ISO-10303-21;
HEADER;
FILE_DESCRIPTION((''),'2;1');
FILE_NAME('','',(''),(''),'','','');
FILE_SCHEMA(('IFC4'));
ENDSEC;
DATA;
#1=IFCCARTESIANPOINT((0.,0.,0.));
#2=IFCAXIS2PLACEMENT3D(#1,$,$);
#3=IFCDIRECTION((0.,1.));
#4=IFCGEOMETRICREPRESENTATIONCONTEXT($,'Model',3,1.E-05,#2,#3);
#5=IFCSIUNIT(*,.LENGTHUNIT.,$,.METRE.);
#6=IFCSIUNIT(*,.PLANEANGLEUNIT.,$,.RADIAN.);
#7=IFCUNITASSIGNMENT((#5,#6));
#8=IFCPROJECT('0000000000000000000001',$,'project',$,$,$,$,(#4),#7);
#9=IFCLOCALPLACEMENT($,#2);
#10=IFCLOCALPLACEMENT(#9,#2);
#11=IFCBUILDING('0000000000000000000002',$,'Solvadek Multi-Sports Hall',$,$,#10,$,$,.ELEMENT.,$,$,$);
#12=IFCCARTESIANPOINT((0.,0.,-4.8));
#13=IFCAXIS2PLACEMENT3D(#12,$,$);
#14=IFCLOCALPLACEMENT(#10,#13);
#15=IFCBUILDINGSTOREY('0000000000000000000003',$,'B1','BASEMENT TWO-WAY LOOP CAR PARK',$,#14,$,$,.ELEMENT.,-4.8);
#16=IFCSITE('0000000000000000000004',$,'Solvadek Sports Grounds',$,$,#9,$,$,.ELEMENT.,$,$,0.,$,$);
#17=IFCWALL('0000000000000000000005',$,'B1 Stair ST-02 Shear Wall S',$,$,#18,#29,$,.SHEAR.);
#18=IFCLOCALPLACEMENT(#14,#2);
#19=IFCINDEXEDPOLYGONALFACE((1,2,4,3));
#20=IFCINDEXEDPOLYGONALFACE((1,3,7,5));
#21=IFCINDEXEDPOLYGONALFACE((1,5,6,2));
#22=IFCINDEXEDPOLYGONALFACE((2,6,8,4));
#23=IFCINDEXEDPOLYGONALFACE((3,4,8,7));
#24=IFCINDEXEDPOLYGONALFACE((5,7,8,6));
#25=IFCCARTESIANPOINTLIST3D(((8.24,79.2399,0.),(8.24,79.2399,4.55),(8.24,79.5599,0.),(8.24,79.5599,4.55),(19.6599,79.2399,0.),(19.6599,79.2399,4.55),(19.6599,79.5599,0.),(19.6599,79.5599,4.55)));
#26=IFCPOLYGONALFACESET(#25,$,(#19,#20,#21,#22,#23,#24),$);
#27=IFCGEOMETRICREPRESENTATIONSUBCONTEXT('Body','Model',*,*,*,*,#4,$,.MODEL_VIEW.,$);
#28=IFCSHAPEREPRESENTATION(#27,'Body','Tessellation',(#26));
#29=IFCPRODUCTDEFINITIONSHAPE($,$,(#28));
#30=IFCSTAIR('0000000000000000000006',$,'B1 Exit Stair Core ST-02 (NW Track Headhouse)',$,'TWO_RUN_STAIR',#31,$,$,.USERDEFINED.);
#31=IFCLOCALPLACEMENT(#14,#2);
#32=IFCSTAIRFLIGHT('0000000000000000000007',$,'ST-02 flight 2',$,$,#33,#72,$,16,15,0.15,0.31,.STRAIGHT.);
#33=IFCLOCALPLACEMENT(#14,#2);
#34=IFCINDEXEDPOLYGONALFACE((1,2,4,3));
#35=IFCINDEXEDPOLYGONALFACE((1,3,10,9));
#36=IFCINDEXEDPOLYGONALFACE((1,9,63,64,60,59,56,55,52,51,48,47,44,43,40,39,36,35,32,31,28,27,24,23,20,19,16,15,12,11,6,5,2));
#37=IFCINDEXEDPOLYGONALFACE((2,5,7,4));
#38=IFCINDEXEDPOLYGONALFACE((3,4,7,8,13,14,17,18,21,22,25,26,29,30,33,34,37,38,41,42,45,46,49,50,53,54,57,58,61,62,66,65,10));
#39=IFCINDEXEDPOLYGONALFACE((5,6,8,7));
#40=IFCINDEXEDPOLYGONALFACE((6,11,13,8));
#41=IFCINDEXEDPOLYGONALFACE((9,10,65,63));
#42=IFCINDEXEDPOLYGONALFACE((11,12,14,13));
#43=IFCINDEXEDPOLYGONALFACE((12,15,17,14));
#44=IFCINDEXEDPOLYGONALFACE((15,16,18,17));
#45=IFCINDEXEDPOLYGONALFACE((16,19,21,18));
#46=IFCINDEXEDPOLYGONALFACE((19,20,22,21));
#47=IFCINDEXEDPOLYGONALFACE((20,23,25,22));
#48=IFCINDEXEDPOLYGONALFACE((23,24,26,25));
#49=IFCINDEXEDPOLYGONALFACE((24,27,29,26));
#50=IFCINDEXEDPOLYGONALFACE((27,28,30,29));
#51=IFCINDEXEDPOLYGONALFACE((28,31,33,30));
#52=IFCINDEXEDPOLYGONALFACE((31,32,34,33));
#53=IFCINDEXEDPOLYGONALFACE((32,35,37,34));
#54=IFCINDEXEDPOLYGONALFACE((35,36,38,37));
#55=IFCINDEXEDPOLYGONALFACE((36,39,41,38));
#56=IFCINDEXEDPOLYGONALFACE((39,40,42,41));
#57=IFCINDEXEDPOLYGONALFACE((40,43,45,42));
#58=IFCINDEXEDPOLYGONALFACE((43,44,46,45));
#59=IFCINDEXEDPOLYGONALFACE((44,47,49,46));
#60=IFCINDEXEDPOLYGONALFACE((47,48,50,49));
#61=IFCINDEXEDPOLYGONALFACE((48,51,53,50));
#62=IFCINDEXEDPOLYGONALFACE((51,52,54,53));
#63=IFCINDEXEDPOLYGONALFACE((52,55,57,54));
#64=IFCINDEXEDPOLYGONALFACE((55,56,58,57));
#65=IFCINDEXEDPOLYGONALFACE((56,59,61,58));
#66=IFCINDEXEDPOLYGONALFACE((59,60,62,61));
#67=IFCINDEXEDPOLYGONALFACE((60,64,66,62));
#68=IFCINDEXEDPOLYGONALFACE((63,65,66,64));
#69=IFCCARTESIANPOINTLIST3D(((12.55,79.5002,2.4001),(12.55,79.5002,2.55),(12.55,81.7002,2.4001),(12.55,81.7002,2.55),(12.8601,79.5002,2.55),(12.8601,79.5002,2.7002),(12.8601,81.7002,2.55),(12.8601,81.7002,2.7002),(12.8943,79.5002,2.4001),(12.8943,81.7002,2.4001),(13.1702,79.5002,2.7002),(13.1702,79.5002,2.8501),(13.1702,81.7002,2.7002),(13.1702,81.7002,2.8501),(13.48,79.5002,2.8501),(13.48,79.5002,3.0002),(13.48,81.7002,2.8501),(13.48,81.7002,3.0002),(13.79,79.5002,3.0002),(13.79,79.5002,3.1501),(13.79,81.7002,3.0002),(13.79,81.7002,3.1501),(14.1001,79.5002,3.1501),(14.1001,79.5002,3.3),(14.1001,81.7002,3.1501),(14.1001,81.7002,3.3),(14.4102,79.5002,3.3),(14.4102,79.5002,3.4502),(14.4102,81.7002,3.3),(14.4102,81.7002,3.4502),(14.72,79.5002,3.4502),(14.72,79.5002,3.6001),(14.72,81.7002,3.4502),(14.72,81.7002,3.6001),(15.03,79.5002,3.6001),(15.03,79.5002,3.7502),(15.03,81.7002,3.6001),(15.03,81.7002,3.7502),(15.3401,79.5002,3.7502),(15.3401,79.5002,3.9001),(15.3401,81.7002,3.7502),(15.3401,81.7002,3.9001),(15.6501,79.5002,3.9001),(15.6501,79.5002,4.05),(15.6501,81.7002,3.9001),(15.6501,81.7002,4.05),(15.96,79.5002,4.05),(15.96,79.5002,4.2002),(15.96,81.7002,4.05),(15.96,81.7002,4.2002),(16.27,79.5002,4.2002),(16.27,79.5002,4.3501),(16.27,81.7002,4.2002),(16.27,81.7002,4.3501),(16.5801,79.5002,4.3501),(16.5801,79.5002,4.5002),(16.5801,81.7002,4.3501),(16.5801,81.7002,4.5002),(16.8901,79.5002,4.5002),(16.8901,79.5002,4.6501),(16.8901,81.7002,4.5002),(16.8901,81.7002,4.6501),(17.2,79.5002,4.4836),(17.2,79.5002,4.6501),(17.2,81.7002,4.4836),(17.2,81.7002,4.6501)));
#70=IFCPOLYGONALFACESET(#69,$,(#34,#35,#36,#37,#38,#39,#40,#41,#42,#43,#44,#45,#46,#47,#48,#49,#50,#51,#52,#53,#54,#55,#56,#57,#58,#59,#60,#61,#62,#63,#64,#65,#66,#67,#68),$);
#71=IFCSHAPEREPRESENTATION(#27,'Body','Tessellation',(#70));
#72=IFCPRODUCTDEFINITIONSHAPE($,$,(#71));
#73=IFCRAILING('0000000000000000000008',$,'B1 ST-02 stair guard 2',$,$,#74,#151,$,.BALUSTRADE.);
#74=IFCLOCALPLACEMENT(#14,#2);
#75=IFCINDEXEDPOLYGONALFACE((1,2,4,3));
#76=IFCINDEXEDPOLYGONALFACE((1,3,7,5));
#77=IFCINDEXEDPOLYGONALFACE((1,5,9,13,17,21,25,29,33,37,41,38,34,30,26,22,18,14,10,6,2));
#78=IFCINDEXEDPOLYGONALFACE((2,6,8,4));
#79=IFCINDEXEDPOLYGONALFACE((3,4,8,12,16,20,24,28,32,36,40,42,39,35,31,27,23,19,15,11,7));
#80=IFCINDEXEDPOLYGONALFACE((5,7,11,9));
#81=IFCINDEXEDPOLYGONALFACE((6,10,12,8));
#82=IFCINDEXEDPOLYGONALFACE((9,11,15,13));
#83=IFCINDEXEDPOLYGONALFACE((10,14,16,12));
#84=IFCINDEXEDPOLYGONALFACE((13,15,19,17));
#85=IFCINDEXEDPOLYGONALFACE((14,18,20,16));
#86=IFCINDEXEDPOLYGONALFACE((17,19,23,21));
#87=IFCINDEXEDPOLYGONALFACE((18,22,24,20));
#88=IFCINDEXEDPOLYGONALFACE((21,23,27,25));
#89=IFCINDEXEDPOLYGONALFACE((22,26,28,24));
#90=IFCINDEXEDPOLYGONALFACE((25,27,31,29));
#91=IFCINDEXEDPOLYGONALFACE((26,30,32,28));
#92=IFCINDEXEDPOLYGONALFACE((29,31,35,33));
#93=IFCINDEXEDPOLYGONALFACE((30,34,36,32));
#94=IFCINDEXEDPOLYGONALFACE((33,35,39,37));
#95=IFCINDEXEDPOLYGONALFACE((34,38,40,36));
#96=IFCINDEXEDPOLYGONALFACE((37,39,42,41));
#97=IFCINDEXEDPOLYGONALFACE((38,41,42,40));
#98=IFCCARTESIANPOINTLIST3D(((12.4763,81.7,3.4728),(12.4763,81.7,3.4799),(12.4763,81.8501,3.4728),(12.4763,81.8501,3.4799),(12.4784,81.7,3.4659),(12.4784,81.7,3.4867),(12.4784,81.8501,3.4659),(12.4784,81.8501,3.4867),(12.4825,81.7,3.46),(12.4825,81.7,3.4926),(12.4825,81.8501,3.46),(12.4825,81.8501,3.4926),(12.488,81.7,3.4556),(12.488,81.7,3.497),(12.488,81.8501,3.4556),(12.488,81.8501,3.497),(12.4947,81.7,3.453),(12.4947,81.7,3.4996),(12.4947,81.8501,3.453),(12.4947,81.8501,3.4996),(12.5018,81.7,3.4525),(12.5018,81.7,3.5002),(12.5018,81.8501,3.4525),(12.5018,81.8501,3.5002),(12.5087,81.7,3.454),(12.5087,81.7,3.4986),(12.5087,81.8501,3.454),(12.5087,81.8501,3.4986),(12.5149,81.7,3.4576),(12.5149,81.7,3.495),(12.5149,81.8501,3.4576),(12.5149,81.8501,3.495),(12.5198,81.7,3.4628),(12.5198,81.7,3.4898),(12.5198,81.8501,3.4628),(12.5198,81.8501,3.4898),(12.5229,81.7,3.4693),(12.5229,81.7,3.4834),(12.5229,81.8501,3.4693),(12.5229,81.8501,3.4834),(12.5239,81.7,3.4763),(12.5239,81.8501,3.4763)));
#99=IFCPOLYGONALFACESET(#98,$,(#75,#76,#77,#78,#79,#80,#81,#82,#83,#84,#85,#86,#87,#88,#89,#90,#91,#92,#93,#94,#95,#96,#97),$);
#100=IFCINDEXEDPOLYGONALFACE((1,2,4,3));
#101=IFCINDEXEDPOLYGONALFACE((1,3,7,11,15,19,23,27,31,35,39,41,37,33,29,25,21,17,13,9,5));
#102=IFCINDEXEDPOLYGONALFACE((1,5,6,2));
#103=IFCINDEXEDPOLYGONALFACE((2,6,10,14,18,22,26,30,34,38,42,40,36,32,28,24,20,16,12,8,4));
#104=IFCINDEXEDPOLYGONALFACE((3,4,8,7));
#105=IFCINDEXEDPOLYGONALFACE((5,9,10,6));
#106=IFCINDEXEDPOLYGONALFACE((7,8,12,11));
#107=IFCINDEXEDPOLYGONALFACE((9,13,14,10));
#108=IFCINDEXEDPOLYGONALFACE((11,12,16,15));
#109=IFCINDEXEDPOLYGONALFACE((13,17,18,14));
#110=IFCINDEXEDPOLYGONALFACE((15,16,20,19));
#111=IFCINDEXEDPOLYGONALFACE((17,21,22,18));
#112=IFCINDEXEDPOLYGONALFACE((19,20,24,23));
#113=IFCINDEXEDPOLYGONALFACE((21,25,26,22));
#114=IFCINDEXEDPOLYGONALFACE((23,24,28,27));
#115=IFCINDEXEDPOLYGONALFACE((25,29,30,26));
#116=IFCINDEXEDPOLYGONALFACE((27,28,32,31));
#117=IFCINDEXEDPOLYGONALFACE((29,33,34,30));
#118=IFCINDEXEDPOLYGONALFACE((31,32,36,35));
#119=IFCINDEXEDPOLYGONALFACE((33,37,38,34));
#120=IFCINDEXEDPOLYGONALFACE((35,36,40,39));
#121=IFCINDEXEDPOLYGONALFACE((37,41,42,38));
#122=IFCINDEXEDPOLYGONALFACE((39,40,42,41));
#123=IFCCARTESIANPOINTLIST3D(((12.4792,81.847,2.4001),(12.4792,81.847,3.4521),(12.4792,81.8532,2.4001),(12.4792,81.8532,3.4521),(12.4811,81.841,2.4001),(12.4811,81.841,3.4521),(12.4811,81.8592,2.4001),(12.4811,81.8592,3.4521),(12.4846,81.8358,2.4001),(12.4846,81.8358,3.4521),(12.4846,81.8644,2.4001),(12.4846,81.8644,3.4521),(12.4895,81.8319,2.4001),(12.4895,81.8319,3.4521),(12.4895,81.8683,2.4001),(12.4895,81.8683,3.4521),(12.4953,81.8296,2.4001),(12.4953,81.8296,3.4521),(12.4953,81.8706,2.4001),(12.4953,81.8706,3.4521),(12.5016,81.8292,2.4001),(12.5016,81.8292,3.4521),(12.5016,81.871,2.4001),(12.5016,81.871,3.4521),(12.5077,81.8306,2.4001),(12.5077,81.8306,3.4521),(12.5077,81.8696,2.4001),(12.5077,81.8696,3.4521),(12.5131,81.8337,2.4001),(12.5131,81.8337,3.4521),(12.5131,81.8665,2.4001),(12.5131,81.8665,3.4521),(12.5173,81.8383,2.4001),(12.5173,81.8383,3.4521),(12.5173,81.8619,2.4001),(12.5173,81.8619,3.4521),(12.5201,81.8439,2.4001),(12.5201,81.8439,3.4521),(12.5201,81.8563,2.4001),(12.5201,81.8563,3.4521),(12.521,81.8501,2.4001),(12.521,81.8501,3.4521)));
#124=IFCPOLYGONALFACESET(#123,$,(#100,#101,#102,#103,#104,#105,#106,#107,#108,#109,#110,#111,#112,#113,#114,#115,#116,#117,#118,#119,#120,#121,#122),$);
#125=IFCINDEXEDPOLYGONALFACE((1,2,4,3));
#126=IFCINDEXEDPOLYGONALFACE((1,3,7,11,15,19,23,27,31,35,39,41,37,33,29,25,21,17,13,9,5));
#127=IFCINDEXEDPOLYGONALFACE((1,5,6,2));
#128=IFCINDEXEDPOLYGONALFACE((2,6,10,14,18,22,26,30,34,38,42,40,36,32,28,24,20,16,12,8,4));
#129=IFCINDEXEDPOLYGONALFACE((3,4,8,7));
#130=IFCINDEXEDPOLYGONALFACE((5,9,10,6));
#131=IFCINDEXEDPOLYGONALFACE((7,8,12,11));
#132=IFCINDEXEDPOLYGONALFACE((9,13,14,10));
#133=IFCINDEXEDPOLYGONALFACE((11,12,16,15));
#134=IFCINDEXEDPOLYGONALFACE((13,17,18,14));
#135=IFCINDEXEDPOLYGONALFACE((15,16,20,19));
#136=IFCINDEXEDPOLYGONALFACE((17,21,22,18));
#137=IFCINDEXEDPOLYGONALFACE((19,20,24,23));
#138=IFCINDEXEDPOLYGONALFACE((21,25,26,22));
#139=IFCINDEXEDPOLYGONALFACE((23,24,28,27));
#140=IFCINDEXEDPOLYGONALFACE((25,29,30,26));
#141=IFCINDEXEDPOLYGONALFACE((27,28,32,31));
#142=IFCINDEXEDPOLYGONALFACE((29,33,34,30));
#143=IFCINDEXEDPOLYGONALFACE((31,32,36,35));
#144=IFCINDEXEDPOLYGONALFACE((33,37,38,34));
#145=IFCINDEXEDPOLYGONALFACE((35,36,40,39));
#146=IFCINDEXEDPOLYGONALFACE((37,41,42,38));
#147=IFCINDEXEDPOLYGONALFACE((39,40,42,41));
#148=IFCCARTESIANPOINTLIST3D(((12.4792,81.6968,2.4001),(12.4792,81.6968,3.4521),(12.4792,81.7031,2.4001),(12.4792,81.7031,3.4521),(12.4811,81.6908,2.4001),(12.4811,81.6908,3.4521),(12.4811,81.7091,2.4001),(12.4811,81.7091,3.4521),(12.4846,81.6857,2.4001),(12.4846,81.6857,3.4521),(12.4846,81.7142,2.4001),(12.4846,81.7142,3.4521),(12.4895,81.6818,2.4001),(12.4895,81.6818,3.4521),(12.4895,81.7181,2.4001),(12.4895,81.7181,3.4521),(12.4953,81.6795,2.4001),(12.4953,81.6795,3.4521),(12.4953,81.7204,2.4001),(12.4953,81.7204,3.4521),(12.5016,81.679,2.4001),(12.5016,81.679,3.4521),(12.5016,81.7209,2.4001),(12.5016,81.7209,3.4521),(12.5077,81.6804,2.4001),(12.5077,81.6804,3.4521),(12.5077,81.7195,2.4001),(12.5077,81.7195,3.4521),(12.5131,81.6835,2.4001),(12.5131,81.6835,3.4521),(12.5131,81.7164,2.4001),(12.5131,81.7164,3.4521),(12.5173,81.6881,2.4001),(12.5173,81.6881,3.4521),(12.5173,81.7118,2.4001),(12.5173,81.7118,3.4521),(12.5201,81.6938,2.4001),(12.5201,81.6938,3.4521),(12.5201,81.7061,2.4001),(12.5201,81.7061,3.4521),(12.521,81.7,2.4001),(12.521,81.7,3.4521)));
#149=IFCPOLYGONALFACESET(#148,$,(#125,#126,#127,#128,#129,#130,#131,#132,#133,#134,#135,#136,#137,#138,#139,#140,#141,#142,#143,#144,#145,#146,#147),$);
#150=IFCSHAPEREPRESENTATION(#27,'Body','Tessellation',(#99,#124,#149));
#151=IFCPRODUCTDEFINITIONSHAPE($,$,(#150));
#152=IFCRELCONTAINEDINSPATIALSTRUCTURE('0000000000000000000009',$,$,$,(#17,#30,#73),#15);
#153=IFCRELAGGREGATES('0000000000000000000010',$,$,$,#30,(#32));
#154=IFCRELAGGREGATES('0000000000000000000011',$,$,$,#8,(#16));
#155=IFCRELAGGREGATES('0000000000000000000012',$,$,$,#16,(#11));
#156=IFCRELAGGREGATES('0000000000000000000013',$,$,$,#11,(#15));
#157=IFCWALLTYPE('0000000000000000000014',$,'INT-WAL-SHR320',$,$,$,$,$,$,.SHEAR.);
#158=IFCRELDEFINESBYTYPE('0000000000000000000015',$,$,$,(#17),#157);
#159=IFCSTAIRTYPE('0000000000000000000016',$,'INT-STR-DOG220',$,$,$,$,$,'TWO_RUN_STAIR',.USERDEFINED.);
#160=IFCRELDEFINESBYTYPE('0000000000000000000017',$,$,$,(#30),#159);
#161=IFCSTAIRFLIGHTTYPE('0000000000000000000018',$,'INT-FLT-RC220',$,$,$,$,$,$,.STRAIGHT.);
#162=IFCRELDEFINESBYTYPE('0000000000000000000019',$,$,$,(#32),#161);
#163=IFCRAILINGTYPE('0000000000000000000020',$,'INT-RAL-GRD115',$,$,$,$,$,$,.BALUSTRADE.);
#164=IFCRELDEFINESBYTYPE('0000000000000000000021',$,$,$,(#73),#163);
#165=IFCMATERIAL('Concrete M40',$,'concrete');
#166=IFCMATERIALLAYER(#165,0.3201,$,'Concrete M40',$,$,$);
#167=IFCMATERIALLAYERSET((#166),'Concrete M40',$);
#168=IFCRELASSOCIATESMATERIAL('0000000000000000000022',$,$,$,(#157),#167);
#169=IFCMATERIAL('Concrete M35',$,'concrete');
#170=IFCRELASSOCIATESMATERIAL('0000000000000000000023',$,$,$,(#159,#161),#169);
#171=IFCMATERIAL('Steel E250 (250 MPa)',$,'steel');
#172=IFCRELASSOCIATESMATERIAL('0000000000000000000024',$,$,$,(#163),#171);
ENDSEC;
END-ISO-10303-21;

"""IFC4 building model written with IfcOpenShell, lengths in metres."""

from ifc_helpers import new_model, si_unit, direction, frame, frame_2d, origin, origin_2d, place, context, subcontext, project, spatial, polyline, rectangle, circle, outline, extrude, material, layer, layer_set, type_object, element, aggregate, save


model = new_model("IFC4")

# Units and contexts
model_context = context("Model", 3, precision=1e-05, world=origin(), true_north=direction((0.0, 1.0)))
body_context = subcontext(model_context, "Body", "Model", "MODEL_VIEW")
ifc_project = project(units=[si_unit("LENGTHUNIT", "METRE"), si_unit("PLANEANGLEUNIT", "RADIAN")], contexts=[model_context])

# Site, building, storey
site_placement = place(None, origin())
site = spatial("IfcSite", under=ifc_project, at=site_placement, Name="Solvadek Sports Grounds", CompositionType="ELEMENT", RefElevation=0.0)
building_placement = place(site_placement, origin())
building = spatial("IfcBuilding", under=site, at=building_placement, Name="Solvadek Multi-Sports Hall", CompositionType="ELEMENT")
storey_placement = place(building_placement, frame((0.0, 0.0, -4.8)))
storey = spatial("IfcBuildingStorey", under=building, at=storey_placement, Name="B1", Description="BASEMENT TWO-WAY LOOP CAR PARK", CompositionType="ELEMENT", Elevation=-4.8)

# Shared definitions
ifc_material_1 = material(Name="Concrete M40", Category="concrete")

# Shared definitions
ifc_material_2 = material(Name="Concrete M35", Category="concrete")

# Wall
ifc_layer_1 = layer(ifc_material_1, 0.3201, Name="Concrete M40")
ifc_layer_set_1 = layer_set([ifc_layer_1], Name="Concrete M40")
wall_type = type_object("IfcWallType", Name="INT-WAL-SHR320", PredefinedType="SHEAR", material=ifc_layer_set_1)
wall_1_placement = place(storey_placement, frame((8.24, 79.3999, 0.0), z_axis=(0.0, 0.0, 1.0), x_axis=(1.0, 0.0, 0.0)))
element("IfcWall", 1, at=wall_1_placement, inside=storey, type_object=wall_type, Name="B1 Stair ST-02 Shear Wall S", PredefinedType="SHEAR", context=body_context, shape_type="SweptSolid", body=[
    extrude(rectangle(XDim=11.4199, YDim=0.3201, at=frame_2d((5.71, 0.0))), origin(), (0.0, 0.0, 1.0), 4.55),
])

# Stair, stair flight
stair_type = type_object("IfcStairType", Name="INT-STR-DOG220", ElementType="TWO_RUN_STAIR", PredefinedType="USERDEFINED", material=ifc_material_2)
stair_placement = place(storey_placement, origin())
stair = element("IfcStair", 2, at=stair_placement, inside=storey, type_object=stair_type, Name="B1 Exit Stair Core ST-02 (NW Track Headhouse)", ObjectType="TWO_RUN_STAIR", PredefinedType="USERDEFINED")
stair_flight_type = type_object("IfcStairFlightType", Name="INT-FLT-RC220", PredefinedType="STRAIGHT", material=ifc_material_2)
stair_flight_placement = place(storey_placement, frame((12.55, 80.6001, 2.4001), z_axis=(0.0, 0.0, 1.0), x_axis=(1.0, 0.0, 0.0)))
stair_flight = element("IfcStairFlight", 3, at=stair_flight_placement, type_object=stair_flight_type, Name="ST-02 flight 2", NumberOfRisers=16, NumberOfTreads=15, PredefinedType="STRAIGHT", RiserHeight=0.15, TreadLength=0.31, context=body_context, shape_type="SweptSolid", body=[
    extrude(outline(polyline([(0.0, 0.0), (0.0, 0.1499), (0.3101, 0.1499), (0.3101, 0.3), (0.6201, 0.3), (0.6201, 0.45), (0.9299, 0.45), (0.9299, 0.6001), (1.24, 0.6001), (1.24, 0.75), (1.55, 0.75), (1.55, 0.8999), (1.8601, 0.8999), (1.8601, 1.05), (2.1699, 1.05), (2.1699, 1.2), (2.48, 1.2), (2.48, 1.3501), (2.79, 1.3501), (2.79, 1.5), (3.1001, 1.5), (3.1001, 1.6499), (3.4099, 1.6499), (3.4099, 1.8), (3.72, 1.8), (3.72, 1.95), (4.03, 1.95), (4.03, 2.1001), (4.3401, 2.1001), (4.3401, 2.25), (4.6499, 2.25), (4.6499, 2.3999), (4.6499, 2.0835), (0.3442, 0.0), (0.0, 0.0)])), frame((0.0, 1.1001, 0.0), z_axis=(0.0, -1.0, 0.0), x_axis=(1.0, 0.0, 0.0)), (0.0, 0.0, 1.0), 2.2),
])
aggregate(stair, [stair_flight])

# Railing
ifc_material_3 = material(Name="Steel E250 (250 MPa)", Category="steel")
railing_type_1 = type_object("IfcRailingType", Name="INT-RAL-GRD115", PredefinedType="BALUSTRADE", material=ifc_material_3)
railing_1_placement = place(storey_placement, frame((12.5, 81.8501, 2.4001)))
element("IfcRailing", 4, at=railing_1_placement, inside=storey, type_object=railing_type_1, Name="B1 ST-02 stair guard 2", PredefinedType="BALUSTRADE", context=body_context, shape_type="SweptSolid", body=[
    extrude(circle(Radius=0.0239, at=origin_2d()), frame((0.0, 0.0, 1.0762), z_axis=(0.0, -1.0, 0.0), x_axis=(1.0, 0.0, 0.0)), (0.0, 0.0, 1.0), 0.1501),
    extrude(circle(Radius=0.021, at=origin_2d()), origin(), (0.0, 0.0, 1.0), 1.052),
    extrude(circle(Radius=0.021, at=origin_2d()), frame((0.0, -0.1501, 0.0)), (0.0, 0.0, 1.0), 1.052),
])

save(model, "model.ifc")
